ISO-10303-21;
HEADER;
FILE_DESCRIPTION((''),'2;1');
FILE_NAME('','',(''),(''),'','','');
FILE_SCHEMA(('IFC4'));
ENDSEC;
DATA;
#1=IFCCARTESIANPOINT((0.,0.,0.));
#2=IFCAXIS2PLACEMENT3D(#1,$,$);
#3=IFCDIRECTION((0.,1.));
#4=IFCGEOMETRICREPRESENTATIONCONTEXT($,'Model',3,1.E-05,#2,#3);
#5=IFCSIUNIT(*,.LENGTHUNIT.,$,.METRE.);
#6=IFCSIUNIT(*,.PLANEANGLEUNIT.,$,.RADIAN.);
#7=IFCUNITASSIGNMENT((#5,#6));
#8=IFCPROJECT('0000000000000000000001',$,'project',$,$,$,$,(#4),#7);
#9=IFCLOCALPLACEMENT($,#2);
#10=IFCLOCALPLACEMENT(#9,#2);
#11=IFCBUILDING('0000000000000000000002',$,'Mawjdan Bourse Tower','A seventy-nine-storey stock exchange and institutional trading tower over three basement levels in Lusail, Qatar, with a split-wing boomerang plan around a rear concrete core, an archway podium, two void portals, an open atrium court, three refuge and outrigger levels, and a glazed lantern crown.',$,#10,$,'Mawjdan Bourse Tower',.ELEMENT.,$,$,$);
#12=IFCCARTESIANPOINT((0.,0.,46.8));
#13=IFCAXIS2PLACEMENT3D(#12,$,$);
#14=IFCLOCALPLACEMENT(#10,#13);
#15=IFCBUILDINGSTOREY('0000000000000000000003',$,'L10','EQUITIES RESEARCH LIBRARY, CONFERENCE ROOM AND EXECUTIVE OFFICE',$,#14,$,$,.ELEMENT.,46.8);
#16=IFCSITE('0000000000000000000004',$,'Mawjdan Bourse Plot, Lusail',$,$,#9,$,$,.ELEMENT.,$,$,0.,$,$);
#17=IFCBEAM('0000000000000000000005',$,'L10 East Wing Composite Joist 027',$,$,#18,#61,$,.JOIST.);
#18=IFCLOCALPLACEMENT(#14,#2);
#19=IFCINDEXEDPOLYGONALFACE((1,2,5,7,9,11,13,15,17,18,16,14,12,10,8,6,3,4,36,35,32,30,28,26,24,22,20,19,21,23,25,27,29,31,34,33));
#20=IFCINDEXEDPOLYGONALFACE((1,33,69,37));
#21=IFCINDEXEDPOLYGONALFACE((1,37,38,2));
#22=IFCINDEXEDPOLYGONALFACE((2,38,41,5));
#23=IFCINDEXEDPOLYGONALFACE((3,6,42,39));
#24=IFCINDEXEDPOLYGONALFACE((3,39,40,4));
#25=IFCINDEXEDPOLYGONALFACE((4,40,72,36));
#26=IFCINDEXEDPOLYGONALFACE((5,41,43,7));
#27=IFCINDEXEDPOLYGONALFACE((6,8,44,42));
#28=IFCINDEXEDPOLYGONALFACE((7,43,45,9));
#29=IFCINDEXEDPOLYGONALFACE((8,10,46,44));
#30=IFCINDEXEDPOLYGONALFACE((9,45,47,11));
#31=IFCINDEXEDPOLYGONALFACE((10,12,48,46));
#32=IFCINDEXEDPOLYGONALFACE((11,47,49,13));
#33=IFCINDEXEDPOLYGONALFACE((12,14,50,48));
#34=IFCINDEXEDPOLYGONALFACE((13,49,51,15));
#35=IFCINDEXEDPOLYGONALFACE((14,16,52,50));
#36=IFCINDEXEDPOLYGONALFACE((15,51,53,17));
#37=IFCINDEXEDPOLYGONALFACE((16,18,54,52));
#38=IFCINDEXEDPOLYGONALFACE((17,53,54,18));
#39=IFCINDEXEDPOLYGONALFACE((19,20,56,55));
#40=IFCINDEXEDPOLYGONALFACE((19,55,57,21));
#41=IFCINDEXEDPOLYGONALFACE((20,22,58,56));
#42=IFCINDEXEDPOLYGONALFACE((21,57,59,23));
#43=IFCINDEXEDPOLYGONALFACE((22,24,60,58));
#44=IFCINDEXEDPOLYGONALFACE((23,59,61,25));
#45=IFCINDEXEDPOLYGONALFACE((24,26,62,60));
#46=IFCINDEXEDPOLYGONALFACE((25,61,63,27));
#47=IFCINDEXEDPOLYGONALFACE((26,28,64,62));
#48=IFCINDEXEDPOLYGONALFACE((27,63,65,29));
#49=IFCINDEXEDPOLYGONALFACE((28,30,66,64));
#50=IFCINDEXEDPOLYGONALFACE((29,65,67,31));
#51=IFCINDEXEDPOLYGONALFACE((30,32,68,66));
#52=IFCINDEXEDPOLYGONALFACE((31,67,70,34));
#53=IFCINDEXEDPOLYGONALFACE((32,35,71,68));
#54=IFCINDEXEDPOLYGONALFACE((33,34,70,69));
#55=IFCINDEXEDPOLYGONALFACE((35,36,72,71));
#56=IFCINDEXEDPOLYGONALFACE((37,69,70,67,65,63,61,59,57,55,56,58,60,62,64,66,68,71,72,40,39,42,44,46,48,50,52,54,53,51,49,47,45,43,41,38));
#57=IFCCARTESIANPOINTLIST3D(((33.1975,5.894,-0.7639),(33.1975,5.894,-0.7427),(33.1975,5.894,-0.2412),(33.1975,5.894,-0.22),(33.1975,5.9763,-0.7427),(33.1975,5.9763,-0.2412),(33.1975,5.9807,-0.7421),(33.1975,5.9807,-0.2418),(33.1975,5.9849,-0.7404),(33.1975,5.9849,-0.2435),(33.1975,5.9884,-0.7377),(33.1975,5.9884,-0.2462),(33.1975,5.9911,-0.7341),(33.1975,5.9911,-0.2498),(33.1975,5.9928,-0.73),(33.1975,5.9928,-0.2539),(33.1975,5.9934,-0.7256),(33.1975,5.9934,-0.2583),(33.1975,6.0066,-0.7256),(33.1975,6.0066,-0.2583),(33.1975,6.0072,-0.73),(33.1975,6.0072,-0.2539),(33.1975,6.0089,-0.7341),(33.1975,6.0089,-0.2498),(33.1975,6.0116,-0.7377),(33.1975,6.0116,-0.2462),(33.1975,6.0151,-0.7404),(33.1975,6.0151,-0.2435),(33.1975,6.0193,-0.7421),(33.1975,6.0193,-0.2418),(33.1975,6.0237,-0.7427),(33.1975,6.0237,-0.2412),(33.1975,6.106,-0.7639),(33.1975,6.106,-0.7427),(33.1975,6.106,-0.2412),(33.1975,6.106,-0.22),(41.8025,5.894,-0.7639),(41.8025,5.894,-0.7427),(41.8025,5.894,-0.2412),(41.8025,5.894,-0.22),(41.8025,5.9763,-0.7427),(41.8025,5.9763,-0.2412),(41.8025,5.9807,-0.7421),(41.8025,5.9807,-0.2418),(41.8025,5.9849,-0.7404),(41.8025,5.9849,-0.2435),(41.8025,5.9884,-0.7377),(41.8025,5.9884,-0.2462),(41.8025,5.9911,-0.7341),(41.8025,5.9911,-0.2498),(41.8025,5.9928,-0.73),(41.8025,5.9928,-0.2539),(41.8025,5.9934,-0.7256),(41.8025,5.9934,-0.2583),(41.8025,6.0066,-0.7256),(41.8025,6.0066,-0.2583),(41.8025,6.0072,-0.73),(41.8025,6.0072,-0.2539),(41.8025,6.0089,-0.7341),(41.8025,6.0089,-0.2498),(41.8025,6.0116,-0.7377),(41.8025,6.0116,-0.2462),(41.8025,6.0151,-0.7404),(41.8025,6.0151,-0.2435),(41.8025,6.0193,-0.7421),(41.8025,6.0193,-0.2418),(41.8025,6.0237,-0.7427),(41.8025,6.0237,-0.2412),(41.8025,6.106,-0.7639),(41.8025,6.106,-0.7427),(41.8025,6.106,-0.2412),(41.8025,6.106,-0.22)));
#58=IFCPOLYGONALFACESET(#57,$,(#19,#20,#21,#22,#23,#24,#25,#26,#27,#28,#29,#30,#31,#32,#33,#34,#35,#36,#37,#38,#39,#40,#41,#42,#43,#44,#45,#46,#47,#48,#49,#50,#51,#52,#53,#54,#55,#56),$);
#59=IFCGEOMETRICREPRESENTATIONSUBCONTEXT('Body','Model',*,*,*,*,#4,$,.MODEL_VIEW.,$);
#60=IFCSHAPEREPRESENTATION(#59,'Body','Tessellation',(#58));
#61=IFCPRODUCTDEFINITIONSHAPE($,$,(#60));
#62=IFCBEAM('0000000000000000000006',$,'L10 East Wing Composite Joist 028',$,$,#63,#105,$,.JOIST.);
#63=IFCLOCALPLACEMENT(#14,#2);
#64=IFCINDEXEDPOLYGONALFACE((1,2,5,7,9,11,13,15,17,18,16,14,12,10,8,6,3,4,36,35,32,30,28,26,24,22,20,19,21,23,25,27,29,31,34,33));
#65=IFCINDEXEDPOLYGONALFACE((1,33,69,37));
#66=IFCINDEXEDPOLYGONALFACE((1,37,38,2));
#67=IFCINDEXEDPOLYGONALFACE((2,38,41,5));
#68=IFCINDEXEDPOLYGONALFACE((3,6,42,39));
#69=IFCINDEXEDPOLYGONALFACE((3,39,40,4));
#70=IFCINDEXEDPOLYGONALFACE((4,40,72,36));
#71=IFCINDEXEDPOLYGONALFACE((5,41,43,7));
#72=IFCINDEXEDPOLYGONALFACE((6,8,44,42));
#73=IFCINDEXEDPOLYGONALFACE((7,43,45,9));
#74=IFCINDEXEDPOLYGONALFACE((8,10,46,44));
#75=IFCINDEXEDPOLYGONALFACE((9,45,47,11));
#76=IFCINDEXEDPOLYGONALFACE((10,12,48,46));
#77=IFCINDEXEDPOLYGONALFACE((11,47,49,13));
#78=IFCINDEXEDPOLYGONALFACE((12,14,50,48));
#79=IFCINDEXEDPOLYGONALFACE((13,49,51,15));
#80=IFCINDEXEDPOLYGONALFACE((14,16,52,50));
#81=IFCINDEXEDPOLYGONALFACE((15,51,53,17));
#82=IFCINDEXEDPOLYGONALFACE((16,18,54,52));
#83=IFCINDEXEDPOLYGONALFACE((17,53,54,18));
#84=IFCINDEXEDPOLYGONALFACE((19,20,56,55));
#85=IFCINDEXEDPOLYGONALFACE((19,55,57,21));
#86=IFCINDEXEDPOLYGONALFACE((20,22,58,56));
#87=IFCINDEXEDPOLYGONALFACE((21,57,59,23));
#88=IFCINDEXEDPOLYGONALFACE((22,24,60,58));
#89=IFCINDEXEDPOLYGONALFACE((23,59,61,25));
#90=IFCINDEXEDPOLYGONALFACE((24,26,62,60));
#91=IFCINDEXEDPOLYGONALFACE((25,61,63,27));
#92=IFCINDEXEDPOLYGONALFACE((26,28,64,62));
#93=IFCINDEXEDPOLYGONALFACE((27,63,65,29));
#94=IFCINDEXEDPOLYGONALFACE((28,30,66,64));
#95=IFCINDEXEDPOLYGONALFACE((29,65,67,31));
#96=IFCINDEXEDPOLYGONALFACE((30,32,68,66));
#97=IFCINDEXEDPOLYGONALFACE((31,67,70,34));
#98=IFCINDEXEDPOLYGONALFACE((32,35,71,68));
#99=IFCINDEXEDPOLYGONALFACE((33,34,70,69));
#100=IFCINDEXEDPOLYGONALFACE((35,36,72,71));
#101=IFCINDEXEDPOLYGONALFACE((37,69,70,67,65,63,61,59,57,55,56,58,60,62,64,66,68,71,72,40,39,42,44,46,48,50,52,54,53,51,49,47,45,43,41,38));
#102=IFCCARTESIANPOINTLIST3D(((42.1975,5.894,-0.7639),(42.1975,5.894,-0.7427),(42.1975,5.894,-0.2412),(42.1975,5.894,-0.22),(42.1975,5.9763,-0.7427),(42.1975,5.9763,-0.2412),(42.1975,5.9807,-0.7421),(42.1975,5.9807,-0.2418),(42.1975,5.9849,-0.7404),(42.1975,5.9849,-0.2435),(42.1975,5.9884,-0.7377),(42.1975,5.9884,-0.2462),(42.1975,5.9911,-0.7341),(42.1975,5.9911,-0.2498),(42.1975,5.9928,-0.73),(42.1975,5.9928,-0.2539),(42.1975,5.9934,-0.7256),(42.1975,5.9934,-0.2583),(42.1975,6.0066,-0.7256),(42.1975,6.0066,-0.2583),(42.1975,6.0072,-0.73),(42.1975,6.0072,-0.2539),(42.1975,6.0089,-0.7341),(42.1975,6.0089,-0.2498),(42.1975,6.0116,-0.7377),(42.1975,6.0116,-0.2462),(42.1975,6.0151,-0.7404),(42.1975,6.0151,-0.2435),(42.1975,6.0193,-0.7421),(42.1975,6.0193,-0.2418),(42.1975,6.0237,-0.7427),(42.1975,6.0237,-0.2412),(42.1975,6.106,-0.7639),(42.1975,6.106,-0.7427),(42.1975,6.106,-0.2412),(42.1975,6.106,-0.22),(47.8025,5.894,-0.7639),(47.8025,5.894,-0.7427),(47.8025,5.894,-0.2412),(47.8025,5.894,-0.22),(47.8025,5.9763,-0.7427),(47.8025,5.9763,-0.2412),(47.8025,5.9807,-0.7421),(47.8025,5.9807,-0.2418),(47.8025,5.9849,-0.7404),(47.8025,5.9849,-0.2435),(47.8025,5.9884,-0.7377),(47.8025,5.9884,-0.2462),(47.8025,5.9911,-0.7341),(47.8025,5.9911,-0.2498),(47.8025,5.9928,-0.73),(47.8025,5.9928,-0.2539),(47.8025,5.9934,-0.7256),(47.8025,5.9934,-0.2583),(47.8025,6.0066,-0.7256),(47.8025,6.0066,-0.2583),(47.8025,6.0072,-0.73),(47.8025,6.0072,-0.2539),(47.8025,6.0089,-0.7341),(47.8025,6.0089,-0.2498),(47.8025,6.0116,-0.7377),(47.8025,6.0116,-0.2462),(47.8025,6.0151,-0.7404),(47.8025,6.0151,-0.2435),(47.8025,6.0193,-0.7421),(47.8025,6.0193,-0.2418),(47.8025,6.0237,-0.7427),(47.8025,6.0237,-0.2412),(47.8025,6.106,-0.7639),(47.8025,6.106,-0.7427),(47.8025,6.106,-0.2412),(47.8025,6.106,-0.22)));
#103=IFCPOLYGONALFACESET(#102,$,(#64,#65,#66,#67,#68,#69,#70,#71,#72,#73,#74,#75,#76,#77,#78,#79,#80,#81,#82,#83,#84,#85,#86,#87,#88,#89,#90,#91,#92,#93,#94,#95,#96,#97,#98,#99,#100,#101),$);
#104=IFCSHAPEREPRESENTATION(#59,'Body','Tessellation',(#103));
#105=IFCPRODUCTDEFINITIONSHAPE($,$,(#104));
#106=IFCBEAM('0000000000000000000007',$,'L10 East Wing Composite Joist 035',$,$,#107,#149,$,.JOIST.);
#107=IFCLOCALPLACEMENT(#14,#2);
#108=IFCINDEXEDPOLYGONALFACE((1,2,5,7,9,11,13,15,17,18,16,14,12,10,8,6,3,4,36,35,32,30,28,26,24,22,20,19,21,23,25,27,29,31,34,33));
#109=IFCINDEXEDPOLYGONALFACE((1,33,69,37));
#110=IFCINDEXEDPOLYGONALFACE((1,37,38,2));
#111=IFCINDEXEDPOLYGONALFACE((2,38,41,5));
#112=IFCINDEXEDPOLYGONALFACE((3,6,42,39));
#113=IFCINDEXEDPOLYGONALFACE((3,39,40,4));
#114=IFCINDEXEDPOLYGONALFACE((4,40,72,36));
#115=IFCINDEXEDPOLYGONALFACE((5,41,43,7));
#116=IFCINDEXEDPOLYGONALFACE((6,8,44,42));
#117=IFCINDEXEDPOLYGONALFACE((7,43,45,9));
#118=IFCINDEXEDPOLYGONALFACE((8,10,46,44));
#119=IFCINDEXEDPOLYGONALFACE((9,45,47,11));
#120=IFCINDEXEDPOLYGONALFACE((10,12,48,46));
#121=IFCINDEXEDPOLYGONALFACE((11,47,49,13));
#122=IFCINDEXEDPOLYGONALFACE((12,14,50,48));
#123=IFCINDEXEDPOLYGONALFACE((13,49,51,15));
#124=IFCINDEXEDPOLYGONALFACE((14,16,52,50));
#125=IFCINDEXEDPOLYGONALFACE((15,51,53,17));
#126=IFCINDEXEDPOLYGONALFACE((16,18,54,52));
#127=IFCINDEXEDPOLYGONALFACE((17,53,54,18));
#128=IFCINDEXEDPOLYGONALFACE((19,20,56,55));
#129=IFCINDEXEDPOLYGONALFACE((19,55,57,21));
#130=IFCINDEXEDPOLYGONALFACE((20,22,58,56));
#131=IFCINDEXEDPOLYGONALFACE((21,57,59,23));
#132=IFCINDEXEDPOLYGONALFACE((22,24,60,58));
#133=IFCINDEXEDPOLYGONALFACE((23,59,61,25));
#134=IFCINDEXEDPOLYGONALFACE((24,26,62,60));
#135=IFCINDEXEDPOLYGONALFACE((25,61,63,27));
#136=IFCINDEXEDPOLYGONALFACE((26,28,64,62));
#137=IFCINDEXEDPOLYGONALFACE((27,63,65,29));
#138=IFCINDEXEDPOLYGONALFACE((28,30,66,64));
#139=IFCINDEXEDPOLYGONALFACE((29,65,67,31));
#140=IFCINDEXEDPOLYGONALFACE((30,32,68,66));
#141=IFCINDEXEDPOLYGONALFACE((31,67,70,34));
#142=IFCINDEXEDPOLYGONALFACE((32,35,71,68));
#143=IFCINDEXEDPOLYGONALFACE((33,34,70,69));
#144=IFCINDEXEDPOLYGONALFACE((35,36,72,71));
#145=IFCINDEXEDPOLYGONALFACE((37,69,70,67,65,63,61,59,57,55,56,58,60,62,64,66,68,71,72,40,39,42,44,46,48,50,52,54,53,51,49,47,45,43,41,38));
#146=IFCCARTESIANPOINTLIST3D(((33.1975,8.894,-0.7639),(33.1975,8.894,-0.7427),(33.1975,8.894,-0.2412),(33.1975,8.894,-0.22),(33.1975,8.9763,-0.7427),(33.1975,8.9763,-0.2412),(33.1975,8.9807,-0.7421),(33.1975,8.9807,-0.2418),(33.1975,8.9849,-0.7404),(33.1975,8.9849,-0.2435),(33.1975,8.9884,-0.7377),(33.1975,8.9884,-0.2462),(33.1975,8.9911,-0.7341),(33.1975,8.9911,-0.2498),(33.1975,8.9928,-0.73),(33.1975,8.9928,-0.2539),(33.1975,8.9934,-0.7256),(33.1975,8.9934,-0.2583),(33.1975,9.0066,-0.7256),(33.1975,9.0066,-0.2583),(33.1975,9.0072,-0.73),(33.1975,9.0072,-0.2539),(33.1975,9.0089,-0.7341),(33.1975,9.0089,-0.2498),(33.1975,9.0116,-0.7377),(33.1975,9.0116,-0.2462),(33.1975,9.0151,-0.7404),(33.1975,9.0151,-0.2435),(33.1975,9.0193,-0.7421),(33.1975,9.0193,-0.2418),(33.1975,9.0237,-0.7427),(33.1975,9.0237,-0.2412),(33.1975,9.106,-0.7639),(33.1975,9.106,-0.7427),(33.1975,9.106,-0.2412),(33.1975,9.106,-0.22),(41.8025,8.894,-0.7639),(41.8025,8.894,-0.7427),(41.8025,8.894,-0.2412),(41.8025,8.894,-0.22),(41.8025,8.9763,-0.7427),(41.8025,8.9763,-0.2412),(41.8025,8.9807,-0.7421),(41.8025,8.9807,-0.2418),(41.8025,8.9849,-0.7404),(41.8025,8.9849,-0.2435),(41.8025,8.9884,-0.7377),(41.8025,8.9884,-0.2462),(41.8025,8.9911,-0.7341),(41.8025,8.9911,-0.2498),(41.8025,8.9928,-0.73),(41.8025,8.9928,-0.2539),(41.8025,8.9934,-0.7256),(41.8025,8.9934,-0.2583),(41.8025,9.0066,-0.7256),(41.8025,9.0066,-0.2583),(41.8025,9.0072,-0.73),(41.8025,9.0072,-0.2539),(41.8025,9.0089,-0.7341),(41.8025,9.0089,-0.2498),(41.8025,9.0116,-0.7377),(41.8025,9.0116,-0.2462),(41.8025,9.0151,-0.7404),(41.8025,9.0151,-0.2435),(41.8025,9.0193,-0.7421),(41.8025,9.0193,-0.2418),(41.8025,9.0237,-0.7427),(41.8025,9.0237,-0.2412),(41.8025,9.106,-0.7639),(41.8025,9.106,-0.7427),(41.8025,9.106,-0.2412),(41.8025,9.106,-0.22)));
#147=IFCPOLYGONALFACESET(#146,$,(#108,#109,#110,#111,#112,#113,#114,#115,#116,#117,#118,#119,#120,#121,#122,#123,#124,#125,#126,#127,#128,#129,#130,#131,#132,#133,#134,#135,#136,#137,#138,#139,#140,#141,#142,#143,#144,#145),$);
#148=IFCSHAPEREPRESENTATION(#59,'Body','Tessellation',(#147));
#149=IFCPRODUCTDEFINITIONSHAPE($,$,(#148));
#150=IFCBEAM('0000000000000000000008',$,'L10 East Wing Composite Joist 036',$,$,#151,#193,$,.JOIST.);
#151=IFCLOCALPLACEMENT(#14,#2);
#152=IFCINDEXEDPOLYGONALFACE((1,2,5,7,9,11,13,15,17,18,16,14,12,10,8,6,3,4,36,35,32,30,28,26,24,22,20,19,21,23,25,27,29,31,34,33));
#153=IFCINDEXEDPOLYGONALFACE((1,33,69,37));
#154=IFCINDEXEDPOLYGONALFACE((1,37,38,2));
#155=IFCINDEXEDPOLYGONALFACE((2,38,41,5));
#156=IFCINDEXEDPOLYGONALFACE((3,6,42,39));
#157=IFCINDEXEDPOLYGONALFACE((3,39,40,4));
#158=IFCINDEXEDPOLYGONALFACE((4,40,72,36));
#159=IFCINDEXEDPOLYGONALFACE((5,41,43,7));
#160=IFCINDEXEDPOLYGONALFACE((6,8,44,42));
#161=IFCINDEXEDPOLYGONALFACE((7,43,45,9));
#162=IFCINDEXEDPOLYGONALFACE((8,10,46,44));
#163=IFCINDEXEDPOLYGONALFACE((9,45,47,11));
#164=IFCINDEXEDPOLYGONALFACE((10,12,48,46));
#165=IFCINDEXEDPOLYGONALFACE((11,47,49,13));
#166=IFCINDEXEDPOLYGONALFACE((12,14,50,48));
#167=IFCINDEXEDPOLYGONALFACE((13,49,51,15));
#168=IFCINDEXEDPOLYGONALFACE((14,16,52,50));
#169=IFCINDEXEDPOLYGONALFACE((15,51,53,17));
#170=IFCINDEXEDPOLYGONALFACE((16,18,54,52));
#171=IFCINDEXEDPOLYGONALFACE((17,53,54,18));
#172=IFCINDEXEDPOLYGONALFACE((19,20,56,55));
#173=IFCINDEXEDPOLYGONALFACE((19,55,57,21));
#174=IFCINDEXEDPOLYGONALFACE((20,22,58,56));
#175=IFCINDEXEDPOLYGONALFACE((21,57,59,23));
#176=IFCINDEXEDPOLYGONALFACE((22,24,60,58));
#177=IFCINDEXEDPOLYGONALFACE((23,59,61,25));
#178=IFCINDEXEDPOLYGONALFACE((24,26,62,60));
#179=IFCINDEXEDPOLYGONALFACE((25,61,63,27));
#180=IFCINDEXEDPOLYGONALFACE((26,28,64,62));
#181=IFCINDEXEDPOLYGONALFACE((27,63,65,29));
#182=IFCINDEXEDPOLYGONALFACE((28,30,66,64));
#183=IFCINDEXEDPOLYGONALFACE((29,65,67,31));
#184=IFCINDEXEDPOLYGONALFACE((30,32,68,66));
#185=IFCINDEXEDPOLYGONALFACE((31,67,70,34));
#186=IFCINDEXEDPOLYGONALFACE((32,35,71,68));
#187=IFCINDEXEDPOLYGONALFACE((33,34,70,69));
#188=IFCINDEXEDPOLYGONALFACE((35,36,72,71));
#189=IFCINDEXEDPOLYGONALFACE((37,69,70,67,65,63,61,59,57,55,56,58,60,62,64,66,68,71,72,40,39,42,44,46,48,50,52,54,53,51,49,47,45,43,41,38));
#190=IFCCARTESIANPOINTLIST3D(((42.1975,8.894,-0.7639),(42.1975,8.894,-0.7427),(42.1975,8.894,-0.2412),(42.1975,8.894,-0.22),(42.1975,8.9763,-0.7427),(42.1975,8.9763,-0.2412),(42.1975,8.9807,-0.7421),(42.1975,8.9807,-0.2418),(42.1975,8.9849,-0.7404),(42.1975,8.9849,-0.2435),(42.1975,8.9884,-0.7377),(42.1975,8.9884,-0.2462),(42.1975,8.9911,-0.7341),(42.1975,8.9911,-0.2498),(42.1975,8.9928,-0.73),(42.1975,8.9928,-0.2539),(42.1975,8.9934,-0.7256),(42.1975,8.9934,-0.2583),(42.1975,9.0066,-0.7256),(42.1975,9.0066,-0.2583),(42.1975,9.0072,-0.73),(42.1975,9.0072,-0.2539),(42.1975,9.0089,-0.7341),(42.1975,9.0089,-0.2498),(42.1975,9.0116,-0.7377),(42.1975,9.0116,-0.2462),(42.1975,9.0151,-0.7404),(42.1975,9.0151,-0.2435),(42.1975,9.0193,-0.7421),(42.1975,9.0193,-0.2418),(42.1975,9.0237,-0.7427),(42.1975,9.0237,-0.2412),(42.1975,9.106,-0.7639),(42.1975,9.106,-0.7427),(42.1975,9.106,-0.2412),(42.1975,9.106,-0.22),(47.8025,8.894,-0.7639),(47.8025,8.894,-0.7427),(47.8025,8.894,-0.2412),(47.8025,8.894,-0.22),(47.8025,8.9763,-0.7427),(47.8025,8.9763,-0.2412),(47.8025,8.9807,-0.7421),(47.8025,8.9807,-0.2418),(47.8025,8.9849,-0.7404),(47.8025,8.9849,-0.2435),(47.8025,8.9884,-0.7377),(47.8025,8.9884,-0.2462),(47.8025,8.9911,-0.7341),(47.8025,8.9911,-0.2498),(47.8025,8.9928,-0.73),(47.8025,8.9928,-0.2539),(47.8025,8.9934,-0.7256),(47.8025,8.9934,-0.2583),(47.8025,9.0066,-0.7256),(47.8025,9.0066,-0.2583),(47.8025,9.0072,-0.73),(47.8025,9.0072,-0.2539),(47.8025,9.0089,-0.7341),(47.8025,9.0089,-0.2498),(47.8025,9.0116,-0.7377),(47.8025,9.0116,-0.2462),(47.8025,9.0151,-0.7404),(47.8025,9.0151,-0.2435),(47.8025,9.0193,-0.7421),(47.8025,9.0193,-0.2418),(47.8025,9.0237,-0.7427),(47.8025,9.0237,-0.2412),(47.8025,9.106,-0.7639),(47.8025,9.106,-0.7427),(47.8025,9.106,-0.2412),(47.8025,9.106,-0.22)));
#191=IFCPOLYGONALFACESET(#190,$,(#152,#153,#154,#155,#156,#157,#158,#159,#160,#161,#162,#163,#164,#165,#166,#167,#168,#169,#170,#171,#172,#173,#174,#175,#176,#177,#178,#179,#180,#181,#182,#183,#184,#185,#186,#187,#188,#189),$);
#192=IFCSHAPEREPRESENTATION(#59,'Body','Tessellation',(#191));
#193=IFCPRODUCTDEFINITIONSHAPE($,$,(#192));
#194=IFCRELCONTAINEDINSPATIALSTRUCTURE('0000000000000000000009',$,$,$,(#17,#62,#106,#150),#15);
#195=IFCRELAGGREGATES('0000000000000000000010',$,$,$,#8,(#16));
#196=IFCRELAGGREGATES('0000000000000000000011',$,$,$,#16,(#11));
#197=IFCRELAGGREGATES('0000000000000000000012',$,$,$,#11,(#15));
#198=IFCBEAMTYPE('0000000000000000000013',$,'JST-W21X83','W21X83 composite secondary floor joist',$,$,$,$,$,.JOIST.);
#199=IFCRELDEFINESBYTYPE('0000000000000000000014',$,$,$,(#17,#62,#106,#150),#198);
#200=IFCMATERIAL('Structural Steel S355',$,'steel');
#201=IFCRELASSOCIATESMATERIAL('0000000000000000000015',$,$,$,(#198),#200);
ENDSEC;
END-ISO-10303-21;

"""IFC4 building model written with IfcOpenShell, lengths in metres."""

from ifc_helpers import new_model, si_unit, direction, frame, origin, origin_2d, place, context, subcontext, project, spatial, i_section, extrude, material, material_profile, profile_set, type_object, element, save


model = new_model("IFC4")

# Units and contexts
model_context = context("Model", 3, precision=1e-05, world=origin(), true_north=direction((0.0, 1.0)))
body_context = subcontext(model_context, "Body", "Model", "MODEL_VIEW")
ifc_project = project(units=[si_unit("LENGTHUNIT", "METRE"), si_unit("PLANEANGLEUNIT", "RADIAN")], contexts=[model_context])

# Site, building, storey
site_placement = place(None, origin())
site = spatial("IfcSite", under=ifc_project, at=site_placement, Name="Mawjdan Bourse Plot, Lusail", CompositionType="ELEMENT", RefElevation=0.0)
building_placement = place(site_placement, origin())
building = spatial("IfcBuilding", under=site, at=building_placement, Name="Mawjdan Bourse Tower", Description="A seventy-nine-storey stock exchange and institutional trading tower over three basement levels in Lusail, Qatar, with a split-wing boomerang plan around a rear concrete core, an archway podium, two void portals, an open atrium court, three refuge and outrigger levels, and a glazed lantern crown.", LongName="Mawjdan Bourse Tower", CompositionType="ELEMENT")
storey_placement = place(building_placement, frame((0.0, 0.0, 46.8)))
storey = spatial("IfcBuildingStorey", under=building, at=storey_placement, Name="L10", Description="EQUITIES RESEARCH LIBRARY, CONFERENCE ROOM AND EXECUTIVE OFFICE", CompositionType="ELEMENT", Elevation=46.8)

# Beams
ifc_material_1 = material(Name="Structural Steel S355", Category="steel")
ifc_material_profile_1 = material_profile(ifc_material_1, i_section(OverallWidth=0.2119, OverallDepth=0.5439, WebThickness=0.0132, FlangeThickness=0.0212, FilletRadius=0.0171, at=origin_2d()), Name="W21X83")
ifc_profile_set_1 = profile_set([ifc_material_profile_1], Name="Structural Steel S355")
beam_type_1 = type_object("IfcBeamType", Name="JST-W21X83", Description="W21X83 composite secondary floor joist", PredefinedType="JOIST", material=ifc_profile_set_1)
beam_1_placement = place(storey_placement, frame((33.1975, 6.0, -0.4919), z_axis=(1.0, 0.0, 0.0), x_axis=(0.0, 1.0, 0.0)))
element("IfcBeam", 1, at=beam_1_placement, inside=storey, type_object=beam_type_1, Name="L10 East Wing Composite Joist 027", PredefinedType="JOIST", context=body_context, shape_type="SweptSolid", body=[
    extrude(i_section(OverallWidth=0.2119, OverallDepth=0.5439, WebThickness=0.0132, FlangeThickness=0.0212, FilletRadius=0.0171, at=origin_2d()), origin(), (0.0, 0.0, 1.0), 8.605),
])
beam_2_placement = place(storey_placement, frame((42.1975, 6.0, -0.4919), z_axis=(1.0, 0.0, 0.0), x_axis=(0.0, 1.0, 0.0)))
element("IfcBeam", 2, at=beam_2_placement, inside=storey, type_object=beam_type_1, Name="L10 East Wing Composite Joist 028", PredefinedType="JOIST", context=body_context, shape_type="SweptSolid", body=[
    extrude(i_section(OverallWidth=0.2119, OverallDepth=0.5439, WebThickness=0.0132, FlangeThickness=0.0212, FilletRadius=0.0171, at=origin_2d()), origin(), (0.0, 0.0, 1.0), 5.605),
])
beam_3_placement = place(storey_placement, frame((33.1975, 9.0, -0.4919), z_axis=(1.0, 0.0, 0.0), x_axis=(0.0, 1.0, 0.0)))
element("IfcBeam", 3, at=beam_3_placement, inside=storey, type_object=beam_type_1, Name="L10 East Wing Composite Joist 035", PredefinedType="JOIST", context=body_context, shape_type="SweptSolid", body=[
    extrude(i_section(OverallWidth=0.2119, OverallDepth=0.5439, WebThickness=0.0132, FlangeThickness=0.0212, FilletRadius=0.0171, at=origin_2d()), origin(), (0.0, 0.0, 1.0), 8.605),
])
beam_4_placement = place(storey_placement, frame((42.1975, 9.0, -0.4919), z_axis=(1.0, 0.0, 0.0), x_axis=(0.0, 1.0, 0.0)))
element("IfcBeam", 4, at=beam_4_placement, inside=storey, type_object=beam_type_1, Name="L10 East Wing Composite Joist 036", PredefinedType="JOIST", context=body_context, shape_type="SweptSolid", body=[
    extrude(i_section(OverallWidth=0.2119, OverallDepth=0.5439, WebThickness=0.0132, FlangeThickness=0.0212, FilletRadius=0.0171, at=origin_2d()), origin(), (0.0, 0.0, 1.0), 5.605),
])

save(model, "model.ifc")
